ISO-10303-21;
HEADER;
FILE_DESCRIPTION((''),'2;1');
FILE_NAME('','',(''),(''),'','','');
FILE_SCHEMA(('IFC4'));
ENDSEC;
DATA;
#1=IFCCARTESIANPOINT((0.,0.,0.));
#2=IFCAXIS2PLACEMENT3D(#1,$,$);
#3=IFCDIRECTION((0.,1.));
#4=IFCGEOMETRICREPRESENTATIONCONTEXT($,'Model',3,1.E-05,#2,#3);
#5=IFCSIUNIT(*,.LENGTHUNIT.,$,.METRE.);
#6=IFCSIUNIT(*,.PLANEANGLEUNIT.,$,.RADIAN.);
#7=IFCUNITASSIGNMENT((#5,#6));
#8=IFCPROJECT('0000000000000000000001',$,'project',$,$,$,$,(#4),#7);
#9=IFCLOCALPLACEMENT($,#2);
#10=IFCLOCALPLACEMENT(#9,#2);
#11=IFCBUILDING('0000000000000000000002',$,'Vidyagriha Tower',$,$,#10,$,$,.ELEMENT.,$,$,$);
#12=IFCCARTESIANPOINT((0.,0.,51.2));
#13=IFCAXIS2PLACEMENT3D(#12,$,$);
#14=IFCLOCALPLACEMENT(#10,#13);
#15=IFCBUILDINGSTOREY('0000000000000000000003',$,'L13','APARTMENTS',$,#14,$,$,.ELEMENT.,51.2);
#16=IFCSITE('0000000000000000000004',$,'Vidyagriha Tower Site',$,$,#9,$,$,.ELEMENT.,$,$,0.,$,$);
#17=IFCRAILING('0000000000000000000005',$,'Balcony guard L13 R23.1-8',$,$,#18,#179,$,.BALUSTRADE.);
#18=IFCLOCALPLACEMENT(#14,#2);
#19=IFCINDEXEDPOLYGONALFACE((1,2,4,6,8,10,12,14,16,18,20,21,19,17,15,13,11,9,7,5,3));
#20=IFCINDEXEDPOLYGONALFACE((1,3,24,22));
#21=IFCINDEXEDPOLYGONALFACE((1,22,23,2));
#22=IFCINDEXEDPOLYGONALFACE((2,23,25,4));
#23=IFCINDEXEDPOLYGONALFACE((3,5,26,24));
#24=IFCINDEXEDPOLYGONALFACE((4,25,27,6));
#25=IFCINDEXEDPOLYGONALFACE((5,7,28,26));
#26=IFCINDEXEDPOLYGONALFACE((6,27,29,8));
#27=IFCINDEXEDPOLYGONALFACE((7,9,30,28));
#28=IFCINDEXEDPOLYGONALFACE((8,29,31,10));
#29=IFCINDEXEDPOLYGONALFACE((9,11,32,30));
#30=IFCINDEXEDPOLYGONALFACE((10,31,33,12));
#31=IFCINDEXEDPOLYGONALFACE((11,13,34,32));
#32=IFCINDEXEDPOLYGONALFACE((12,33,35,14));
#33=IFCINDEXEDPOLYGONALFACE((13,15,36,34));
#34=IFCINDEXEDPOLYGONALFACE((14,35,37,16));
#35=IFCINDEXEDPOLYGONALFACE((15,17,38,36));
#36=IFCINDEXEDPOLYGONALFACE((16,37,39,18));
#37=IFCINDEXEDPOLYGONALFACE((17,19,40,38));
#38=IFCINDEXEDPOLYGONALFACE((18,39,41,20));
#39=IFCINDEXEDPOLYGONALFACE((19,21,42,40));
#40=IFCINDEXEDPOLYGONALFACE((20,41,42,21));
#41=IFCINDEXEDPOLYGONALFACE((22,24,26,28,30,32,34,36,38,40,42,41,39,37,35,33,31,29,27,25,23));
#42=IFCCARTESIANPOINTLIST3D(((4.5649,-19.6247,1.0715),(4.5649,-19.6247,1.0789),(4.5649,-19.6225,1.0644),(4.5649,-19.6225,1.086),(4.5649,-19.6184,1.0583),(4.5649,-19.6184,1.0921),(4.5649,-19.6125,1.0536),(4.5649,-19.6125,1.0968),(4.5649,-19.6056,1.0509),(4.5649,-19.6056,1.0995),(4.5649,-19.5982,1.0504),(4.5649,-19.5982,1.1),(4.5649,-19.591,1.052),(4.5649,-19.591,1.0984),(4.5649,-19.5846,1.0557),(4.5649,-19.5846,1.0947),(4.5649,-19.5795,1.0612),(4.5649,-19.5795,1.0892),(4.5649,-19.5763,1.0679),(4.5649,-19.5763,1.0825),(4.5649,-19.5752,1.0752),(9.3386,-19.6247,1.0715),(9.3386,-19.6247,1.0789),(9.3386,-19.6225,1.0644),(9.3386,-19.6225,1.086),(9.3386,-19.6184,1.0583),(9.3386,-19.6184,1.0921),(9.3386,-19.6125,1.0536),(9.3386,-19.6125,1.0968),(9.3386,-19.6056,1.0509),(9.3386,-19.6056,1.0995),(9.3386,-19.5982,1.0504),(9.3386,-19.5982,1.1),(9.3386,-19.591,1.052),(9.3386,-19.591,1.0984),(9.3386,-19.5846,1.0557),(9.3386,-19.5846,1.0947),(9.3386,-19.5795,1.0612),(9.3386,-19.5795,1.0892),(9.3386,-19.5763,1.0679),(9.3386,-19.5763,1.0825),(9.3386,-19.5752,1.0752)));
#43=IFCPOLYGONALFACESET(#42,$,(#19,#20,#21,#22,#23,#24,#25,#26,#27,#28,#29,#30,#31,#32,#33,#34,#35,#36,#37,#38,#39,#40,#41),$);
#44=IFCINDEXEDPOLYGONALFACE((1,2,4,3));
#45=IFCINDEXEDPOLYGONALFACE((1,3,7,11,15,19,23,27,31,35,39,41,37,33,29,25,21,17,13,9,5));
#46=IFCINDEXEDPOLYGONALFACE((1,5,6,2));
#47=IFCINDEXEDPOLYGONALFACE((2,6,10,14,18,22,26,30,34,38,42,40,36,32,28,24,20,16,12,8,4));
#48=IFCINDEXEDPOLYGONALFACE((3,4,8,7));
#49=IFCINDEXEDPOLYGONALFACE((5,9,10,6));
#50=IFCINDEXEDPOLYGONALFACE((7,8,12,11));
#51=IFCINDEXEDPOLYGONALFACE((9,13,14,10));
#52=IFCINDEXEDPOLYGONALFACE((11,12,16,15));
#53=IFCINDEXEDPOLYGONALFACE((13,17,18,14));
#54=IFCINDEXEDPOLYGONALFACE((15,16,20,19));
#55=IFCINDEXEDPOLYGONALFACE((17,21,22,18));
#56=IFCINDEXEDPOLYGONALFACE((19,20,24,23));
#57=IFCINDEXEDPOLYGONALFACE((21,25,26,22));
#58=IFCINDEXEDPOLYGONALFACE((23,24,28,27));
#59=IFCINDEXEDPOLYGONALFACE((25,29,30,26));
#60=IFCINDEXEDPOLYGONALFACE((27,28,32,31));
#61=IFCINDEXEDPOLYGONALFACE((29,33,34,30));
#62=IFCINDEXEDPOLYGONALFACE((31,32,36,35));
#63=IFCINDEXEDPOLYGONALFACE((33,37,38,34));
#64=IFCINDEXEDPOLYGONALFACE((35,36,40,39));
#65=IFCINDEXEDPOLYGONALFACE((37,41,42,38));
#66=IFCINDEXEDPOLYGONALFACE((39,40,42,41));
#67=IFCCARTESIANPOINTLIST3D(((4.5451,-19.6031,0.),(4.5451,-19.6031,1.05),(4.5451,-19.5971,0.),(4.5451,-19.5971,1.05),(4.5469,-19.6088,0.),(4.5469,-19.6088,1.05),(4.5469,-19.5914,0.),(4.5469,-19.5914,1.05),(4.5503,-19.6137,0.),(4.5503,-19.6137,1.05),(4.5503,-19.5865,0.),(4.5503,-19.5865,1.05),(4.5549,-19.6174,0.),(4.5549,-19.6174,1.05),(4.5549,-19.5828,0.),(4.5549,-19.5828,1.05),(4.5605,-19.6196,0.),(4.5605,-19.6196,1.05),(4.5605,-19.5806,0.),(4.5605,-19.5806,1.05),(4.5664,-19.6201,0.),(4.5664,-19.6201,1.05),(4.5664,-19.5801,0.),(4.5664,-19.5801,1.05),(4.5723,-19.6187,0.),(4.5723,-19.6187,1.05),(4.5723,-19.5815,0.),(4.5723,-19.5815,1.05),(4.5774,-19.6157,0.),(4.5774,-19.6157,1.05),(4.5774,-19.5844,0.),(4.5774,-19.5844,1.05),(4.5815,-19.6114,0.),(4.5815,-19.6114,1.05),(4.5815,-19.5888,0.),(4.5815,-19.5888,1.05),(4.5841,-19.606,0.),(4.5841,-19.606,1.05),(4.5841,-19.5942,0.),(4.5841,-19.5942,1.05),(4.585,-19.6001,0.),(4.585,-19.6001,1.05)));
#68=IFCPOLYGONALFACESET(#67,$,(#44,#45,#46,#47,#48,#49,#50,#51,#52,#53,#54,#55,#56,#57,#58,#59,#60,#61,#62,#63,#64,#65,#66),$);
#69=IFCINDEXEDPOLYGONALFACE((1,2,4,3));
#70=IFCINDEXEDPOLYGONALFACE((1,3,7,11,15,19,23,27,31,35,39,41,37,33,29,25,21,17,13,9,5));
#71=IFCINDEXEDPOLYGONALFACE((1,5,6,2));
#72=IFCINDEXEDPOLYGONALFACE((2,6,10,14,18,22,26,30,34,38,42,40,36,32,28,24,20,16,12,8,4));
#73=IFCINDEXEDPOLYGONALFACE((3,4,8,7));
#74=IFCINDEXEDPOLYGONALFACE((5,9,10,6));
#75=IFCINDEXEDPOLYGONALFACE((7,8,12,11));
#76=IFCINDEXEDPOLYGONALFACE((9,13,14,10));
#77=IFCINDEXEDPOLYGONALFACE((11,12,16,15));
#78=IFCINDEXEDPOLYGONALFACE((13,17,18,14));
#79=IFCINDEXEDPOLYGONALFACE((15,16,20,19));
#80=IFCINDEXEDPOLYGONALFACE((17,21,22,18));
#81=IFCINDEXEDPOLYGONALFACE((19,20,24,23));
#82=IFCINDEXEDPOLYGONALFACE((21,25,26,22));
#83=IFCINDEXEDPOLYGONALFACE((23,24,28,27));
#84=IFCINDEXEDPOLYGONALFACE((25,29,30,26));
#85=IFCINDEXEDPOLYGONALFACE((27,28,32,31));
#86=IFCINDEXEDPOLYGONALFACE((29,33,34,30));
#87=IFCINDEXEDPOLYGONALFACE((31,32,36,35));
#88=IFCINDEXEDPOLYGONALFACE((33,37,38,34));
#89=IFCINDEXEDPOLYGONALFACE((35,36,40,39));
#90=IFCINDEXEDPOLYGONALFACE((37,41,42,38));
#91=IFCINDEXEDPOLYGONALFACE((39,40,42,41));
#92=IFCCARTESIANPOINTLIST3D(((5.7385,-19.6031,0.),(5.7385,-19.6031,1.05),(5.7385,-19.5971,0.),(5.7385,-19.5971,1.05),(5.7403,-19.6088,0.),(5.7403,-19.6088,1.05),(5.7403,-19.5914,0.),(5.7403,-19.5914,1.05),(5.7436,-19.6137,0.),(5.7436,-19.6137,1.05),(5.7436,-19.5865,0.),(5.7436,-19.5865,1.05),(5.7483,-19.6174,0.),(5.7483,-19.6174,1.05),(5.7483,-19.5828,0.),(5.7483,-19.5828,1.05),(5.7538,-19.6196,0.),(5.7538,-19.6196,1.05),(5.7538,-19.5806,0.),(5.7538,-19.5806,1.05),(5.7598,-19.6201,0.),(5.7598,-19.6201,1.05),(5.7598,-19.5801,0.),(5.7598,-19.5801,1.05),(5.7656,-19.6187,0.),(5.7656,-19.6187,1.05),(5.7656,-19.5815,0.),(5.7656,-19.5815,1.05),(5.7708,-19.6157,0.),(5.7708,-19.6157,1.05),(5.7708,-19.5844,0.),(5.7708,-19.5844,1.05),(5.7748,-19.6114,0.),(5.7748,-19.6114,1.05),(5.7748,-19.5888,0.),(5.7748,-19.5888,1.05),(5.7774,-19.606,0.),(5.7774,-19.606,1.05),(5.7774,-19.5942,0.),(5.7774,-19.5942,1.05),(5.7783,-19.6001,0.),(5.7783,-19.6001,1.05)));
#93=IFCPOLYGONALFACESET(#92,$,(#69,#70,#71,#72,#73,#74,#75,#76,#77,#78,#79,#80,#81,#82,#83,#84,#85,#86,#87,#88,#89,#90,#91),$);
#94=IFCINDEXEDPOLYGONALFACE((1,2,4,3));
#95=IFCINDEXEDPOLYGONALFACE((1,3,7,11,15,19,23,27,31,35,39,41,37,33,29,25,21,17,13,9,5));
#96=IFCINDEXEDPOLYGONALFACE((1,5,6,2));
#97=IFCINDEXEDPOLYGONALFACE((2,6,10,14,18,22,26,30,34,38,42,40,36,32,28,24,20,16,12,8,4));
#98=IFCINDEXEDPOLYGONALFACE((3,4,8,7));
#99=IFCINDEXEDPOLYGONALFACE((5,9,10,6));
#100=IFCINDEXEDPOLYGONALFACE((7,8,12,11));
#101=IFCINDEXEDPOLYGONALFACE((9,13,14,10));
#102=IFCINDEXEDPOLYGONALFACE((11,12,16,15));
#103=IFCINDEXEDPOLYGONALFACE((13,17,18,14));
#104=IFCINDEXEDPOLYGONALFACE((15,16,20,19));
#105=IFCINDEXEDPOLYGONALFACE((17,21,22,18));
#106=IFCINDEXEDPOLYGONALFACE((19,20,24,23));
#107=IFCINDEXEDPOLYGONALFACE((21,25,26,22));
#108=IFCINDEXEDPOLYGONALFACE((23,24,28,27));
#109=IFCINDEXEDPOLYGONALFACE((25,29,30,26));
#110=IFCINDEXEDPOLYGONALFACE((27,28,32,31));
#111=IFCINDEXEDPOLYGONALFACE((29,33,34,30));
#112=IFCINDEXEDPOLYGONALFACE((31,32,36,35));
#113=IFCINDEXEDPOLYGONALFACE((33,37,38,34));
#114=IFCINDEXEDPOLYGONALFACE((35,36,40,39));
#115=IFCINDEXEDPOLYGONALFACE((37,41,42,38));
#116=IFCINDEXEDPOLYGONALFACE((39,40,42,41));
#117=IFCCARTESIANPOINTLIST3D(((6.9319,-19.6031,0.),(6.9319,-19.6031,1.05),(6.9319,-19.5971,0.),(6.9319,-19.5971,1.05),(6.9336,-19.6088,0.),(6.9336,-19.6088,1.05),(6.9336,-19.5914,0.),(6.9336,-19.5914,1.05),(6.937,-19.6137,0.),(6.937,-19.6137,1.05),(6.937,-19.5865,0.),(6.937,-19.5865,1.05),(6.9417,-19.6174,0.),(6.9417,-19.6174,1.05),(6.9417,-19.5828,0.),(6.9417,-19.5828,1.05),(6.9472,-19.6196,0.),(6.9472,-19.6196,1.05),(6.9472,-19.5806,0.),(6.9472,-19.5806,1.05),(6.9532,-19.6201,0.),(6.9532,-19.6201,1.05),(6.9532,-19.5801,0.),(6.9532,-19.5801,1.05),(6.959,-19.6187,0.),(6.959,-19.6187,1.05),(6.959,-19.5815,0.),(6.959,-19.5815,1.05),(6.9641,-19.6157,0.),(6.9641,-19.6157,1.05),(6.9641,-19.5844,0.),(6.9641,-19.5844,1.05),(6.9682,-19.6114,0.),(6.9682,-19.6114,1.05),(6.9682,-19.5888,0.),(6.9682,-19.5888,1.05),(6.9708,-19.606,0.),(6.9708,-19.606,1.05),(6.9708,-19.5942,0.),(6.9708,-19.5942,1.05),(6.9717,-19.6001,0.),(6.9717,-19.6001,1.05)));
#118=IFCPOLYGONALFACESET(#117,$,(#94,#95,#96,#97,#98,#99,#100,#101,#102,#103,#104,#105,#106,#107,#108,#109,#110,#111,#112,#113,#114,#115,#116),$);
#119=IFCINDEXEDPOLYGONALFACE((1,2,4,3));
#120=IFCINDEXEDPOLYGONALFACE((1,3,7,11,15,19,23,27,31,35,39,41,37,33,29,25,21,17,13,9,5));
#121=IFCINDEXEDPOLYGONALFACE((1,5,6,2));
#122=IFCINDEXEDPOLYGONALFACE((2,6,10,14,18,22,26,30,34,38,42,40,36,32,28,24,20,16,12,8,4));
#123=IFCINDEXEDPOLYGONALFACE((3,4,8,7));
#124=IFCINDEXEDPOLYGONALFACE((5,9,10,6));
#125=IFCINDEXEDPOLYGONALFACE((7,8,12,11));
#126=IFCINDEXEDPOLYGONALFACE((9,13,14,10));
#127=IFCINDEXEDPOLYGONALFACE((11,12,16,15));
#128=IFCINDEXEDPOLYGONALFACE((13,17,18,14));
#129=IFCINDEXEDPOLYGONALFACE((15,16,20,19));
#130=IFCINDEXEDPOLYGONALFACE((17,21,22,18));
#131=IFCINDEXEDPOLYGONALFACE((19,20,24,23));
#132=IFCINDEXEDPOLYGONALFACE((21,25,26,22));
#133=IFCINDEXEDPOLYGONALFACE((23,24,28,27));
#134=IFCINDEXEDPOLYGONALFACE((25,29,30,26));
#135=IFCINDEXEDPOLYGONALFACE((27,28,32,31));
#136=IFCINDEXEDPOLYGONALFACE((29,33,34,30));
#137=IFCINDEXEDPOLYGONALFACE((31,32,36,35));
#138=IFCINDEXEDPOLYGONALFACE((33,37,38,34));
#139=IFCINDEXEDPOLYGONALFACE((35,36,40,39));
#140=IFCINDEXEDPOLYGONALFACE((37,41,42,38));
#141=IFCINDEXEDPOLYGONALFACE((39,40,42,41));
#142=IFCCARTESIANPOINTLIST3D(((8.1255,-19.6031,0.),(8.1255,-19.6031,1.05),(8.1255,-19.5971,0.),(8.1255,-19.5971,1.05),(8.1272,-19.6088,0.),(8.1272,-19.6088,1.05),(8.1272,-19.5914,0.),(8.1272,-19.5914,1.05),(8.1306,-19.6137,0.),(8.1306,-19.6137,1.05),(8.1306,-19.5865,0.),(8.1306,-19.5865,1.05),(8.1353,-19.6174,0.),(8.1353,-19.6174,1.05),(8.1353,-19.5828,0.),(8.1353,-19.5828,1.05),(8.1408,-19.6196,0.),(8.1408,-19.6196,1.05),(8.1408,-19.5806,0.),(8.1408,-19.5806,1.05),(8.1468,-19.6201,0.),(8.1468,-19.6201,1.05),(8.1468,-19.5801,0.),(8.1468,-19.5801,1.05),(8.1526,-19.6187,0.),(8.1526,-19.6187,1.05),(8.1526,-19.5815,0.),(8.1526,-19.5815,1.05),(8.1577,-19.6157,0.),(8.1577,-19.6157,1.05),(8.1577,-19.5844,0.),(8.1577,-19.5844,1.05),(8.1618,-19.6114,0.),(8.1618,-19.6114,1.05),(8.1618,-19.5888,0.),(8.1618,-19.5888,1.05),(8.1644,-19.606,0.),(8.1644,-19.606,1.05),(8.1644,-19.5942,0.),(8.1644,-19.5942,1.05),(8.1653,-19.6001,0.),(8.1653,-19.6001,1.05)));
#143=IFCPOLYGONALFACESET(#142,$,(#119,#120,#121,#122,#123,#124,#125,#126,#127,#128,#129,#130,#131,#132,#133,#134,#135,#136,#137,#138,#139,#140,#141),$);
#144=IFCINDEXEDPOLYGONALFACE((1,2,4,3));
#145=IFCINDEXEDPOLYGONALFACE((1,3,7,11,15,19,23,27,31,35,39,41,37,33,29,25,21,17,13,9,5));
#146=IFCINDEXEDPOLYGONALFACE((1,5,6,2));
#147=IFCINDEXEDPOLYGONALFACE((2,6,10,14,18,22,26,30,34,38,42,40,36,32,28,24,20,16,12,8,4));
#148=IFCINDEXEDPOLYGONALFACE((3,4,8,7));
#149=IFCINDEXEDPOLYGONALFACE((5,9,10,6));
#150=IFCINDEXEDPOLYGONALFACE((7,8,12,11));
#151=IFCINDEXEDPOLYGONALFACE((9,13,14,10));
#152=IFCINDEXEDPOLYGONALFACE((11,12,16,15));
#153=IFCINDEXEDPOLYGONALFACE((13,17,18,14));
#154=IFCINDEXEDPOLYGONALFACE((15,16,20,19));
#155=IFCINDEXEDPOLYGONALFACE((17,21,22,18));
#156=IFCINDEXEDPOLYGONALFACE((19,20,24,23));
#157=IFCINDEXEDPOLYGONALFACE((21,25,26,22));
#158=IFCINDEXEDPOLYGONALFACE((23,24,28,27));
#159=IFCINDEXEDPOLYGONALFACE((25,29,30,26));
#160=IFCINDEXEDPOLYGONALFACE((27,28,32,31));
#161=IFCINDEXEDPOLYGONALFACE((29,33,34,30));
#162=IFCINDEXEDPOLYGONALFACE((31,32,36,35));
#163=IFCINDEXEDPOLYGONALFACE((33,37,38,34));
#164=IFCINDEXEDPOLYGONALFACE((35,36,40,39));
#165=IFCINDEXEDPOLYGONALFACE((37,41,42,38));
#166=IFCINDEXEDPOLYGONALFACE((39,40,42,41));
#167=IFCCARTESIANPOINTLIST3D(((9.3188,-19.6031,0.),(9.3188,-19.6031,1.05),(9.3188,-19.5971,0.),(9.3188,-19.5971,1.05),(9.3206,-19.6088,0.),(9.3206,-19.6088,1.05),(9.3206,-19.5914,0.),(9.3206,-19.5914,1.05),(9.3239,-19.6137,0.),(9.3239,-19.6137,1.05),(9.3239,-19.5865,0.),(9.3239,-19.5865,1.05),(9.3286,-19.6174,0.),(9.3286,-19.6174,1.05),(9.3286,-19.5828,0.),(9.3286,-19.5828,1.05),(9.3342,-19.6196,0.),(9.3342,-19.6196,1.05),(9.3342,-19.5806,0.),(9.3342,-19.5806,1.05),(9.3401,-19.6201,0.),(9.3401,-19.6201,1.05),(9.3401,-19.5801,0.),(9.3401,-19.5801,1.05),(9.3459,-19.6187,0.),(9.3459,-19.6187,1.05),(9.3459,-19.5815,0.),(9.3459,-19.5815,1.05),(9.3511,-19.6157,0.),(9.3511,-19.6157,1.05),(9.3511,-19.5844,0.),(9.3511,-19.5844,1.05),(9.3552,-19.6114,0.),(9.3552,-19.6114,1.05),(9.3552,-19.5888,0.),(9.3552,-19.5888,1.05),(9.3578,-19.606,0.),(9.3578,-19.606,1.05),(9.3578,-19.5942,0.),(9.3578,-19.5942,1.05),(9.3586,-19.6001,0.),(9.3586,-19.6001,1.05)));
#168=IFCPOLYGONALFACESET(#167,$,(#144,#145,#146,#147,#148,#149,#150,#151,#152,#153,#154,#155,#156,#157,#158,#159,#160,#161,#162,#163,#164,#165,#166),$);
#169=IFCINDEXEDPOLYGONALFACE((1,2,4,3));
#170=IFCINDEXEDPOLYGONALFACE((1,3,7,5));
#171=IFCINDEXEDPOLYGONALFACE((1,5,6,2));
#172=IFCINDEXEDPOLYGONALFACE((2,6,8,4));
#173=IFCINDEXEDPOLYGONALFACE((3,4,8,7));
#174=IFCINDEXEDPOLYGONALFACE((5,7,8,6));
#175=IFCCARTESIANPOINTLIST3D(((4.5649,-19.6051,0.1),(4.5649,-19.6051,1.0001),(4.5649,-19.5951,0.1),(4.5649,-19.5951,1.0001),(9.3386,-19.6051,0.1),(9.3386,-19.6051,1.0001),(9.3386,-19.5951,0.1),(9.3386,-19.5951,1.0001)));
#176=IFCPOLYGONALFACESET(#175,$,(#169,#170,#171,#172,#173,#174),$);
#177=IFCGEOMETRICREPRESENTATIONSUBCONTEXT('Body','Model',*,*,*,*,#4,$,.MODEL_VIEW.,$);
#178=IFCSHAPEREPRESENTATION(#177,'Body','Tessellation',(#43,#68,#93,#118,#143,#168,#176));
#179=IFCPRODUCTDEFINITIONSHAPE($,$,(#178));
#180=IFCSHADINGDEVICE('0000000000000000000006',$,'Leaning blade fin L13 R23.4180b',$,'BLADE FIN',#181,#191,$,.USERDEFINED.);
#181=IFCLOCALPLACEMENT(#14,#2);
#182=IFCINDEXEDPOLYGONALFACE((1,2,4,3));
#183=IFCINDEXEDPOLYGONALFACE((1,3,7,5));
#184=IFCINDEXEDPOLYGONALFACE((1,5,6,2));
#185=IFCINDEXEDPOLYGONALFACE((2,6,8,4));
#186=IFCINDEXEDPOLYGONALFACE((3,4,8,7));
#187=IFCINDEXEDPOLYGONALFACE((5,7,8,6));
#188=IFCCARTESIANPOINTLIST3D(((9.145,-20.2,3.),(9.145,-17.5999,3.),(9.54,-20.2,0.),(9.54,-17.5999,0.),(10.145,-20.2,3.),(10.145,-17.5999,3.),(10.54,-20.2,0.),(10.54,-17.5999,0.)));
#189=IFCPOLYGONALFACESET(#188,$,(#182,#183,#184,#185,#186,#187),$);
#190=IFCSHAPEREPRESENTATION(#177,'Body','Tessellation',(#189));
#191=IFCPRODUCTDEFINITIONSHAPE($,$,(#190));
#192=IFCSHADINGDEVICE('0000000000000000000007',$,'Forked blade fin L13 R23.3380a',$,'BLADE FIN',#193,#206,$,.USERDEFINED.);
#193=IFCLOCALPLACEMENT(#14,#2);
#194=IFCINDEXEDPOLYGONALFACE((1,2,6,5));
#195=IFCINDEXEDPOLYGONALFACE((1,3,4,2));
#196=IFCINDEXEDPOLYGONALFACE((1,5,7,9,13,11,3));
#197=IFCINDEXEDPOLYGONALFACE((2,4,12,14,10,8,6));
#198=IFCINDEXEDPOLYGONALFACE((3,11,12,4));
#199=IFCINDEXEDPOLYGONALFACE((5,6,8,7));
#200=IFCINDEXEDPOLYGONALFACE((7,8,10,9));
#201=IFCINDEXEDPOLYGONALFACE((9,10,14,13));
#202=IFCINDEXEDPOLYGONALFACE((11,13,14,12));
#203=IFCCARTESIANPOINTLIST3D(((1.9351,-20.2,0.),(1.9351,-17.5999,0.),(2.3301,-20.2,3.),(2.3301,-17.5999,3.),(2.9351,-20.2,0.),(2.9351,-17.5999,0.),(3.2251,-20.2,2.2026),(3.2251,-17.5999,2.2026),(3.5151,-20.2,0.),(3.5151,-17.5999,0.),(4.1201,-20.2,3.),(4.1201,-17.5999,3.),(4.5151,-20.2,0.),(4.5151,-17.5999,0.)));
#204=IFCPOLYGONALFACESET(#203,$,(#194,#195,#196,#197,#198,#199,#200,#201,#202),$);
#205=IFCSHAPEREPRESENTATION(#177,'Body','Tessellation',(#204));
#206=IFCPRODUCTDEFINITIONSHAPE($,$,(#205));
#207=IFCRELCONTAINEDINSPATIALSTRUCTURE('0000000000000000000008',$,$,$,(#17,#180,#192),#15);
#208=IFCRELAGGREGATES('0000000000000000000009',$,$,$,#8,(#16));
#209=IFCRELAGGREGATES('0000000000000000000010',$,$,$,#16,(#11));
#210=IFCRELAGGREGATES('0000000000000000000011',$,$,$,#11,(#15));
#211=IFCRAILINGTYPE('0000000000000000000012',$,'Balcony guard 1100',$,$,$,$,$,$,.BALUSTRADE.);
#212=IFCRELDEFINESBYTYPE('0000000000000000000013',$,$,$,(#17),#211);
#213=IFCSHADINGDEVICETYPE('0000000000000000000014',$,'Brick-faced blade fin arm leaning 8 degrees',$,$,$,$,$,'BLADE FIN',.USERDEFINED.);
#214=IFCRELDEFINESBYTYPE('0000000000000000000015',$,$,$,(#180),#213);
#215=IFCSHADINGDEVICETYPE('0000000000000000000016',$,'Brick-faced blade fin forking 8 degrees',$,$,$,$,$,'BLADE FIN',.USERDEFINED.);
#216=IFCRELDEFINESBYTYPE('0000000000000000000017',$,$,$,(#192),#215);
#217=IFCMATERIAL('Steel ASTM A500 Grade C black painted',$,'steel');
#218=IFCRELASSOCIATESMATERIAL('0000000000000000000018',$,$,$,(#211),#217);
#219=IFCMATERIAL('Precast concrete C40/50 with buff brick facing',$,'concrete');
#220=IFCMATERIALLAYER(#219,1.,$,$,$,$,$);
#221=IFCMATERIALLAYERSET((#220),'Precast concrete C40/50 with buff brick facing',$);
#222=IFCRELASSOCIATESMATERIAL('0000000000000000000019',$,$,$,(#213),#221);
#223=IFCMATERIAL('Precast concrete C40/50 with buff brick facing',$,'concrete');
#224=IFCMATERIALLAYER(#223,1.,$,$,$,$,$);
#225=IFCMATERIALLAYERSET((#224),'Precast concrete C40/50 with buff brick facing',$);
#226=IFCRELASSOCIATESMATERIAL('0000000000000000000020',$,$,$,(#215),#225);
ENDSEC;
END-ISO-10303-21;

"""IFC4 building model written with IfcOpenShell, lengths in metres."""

from ifc_helpers import new_model, si_unit, direction, frame, origin, origin_2d, place, context, subcontext, project, spatial, polyline, rectangle, circle, outline, extrude, material, layer, layer_set, type_object, element, save


model = new_model("IFC4")

# Units and contexts
model_context = context("Model", 3, precision=1e-05, world=origin(), true_north=direction((0.0, 1.0)))
body_context = subcontext(model_context, "Body", "Model", "MODEL_VIEW")
ifc_project = project(units=[si_unit("LENGTHUNIT", "METRE"), si_unit("PLANEANGLEUNIT", "RADIAN")], contexts=[model_context])

# Site, building, storey
site_placement = place(None, origin())
site = spatial("IfcSite", under=ifc_project, at=site_placement, Name="Vidyagriha Tower Site", CompositionType="ELEMENT", RefElevation=0.0)
building_placement = place(site_placement, origin())
building = spatial("IfcBuilding", under=site, at=building_placement, Name="Vidyagriha Tower", CompositionType="ELEMENT")
storey_placement = place(building_placement, frame((0.0, 0.0, 51.2)))
storey = spatial("IfcBuildingStorey", under=building, at=storey_placement, Name="L13", Description="APARTMENTS", CompositionType="ELEMENT", Elevation=51.2)

# Railing
ifc_material_1 = material(Name="Steel ASTM A500 Grade C black painted", Category="steel")
railing_type = type_object("IfcRailingType", Name="Balcony guard 1100", PredefinedType="BALUSTRADE", material=ifc_material_1)
railing_placement = place(storey_placement, frame((4.5649, -19.6001, 0.0)))
element("IfcRailing", 1, at=railing_placement, inside=storey, type_object=railing_type, Name="Balcony guard L13 R23.1-8", PredefinedType="BALUSTRADE", context=body_context, shape_type="SweptSolid", body=[
    extrude(circle(Radius=0.0249, at=origin_2d()), frame((0.0, 0.0, 1.0752), z_axis=(1.0, 0.0, 0.0), x_axis=(0.0, 1.0, 0.0)), (0.0, 0.0, 1.0), 4.7737),
    extrude(circle(Radius=0.02, at=origin_2d()), origin(), (0.0, 0.0, 1.0), 1.05),
    extrude(circle(Radius=0.02, at=origin_2d()), frame((1.1934, 0.0, 0.0)), (0.0, 0.0, 1.0), 1.05),
    extrude(circle(Radius=0.02, at=origin_2d()), frame((2.3867, 0.0, 0.0)), (0.0, 0.0, 1.0), 1.05),
    extrude(circle(Radius=0.02, at=origin_2d()), frame((3.5803, 0.0, 0.0)), (0.0, 0.0, 1.0), 1.05),
    extrude(circle(Radius=0.02, at=origin_2d()), frame((4.7737, 0.0, 0.0)), (0.0, 0.0, 1.0), 1.05),
    extrude(rectangle(XDim=0.01, YDim=0.9001, at=origin_2d()), frame((0.0, 0.0, 0.55), z_axis=(1.0, 0.0, 0.0), x_axis=(0.0, 1.0, 0.0)), (0.0, 0.0, 1.0), 4.7737),
])

# Shading devices
ifc_material_2 = material(Name="Precast concrete C40/50 with buff brick facing", Category="concrete")
ifc_layer_1 = layer(ifc_material_2, 1.0)
ifc_layer_set_1 = layer_set([ifc_layer_1], Name="Precast concrete C40/50 with buff brick facing")
shading_device_type_1 = type_object("IfcShadingDeviceType", Name="Brick-faced blade fin arm leaning 8 degrees", ElementType="BLADE FIN", PredefinedType="USERDEFINED", material=ifc_layer_set_1)
shading_device_1_placement = place(storey_placement, frame((9.145, -18.8999, 0.0)))
element("IfcShadingDevice", 2, at=shading_device_1_placement, inside=storey, type_object=shading_device_type_1, Name="Leaning blade fin L13 R23.4180b", ObjectType="BLADE FIN", PredefinedType="USERDEFINED", context=body_context, shape_type="SweptSolid", body=[
    extrude(outline(polyline([(0.395, 0.0), (1.395, 0.0), (1.0, 3.0), (0.0, 3.0), (0.395, 0.0)])), frame((0.0, 1.3, 0.0), z_axis=(0.0, -1.0, 0.0), x_axis=(1.0, 0.0, 0.0)), (0.0, 0.0, 1.0), 2.6001),
])
ifc_material_3 = material(Name="Precast concrete C40/50 with buff brick facing", Category="concrete")
ifc_layer_2 = layer(ifc_material_3, 1.0)
ifc_layer_set_2 = layer_set([ifc_layer_2], Name="Precast concrete C40/50 with buff brick facing")
shading_device_type_2 = type_object("IfcShadingDeviceType", Name="Brick-faced blade fin forking 8 degrees", ElementType="BLADE FIN", PredefinedType="USERDEFINED", material=ifc_layer_set_2)
shading_device_2_placement = place(storey_placement, frame((1.9351, -18.8999, 0.0)))
element("IfcShadingDevice", 3, at=shading_device_2_placement, inside=storey, type_object=shading_device_type_2, Name="Forked blade fin L13 R23.3380a", ObjectType="BLADE FIN", PredefinedType="USERDEFINED", context=body_context, shape_type="SweptSolid", body=[
    extrude(outline(polyline([(1.0, 0.0), (1.29, 2.2026), (1.5801, 0.0), (2.5801, 0.0), (2.1851, 3.0), (0.395, 3.0), (0.0, 0.0), (1.0, 0.0)])), frame((0.0, 1.3, 0.0), z_axis=(0.0, -1.0, 0.0), x_axis=(1.0, 0.0, 0.0)), (0.0, 0.0, 1.0), 2.6001),
])

save(model, "model.ifc")
